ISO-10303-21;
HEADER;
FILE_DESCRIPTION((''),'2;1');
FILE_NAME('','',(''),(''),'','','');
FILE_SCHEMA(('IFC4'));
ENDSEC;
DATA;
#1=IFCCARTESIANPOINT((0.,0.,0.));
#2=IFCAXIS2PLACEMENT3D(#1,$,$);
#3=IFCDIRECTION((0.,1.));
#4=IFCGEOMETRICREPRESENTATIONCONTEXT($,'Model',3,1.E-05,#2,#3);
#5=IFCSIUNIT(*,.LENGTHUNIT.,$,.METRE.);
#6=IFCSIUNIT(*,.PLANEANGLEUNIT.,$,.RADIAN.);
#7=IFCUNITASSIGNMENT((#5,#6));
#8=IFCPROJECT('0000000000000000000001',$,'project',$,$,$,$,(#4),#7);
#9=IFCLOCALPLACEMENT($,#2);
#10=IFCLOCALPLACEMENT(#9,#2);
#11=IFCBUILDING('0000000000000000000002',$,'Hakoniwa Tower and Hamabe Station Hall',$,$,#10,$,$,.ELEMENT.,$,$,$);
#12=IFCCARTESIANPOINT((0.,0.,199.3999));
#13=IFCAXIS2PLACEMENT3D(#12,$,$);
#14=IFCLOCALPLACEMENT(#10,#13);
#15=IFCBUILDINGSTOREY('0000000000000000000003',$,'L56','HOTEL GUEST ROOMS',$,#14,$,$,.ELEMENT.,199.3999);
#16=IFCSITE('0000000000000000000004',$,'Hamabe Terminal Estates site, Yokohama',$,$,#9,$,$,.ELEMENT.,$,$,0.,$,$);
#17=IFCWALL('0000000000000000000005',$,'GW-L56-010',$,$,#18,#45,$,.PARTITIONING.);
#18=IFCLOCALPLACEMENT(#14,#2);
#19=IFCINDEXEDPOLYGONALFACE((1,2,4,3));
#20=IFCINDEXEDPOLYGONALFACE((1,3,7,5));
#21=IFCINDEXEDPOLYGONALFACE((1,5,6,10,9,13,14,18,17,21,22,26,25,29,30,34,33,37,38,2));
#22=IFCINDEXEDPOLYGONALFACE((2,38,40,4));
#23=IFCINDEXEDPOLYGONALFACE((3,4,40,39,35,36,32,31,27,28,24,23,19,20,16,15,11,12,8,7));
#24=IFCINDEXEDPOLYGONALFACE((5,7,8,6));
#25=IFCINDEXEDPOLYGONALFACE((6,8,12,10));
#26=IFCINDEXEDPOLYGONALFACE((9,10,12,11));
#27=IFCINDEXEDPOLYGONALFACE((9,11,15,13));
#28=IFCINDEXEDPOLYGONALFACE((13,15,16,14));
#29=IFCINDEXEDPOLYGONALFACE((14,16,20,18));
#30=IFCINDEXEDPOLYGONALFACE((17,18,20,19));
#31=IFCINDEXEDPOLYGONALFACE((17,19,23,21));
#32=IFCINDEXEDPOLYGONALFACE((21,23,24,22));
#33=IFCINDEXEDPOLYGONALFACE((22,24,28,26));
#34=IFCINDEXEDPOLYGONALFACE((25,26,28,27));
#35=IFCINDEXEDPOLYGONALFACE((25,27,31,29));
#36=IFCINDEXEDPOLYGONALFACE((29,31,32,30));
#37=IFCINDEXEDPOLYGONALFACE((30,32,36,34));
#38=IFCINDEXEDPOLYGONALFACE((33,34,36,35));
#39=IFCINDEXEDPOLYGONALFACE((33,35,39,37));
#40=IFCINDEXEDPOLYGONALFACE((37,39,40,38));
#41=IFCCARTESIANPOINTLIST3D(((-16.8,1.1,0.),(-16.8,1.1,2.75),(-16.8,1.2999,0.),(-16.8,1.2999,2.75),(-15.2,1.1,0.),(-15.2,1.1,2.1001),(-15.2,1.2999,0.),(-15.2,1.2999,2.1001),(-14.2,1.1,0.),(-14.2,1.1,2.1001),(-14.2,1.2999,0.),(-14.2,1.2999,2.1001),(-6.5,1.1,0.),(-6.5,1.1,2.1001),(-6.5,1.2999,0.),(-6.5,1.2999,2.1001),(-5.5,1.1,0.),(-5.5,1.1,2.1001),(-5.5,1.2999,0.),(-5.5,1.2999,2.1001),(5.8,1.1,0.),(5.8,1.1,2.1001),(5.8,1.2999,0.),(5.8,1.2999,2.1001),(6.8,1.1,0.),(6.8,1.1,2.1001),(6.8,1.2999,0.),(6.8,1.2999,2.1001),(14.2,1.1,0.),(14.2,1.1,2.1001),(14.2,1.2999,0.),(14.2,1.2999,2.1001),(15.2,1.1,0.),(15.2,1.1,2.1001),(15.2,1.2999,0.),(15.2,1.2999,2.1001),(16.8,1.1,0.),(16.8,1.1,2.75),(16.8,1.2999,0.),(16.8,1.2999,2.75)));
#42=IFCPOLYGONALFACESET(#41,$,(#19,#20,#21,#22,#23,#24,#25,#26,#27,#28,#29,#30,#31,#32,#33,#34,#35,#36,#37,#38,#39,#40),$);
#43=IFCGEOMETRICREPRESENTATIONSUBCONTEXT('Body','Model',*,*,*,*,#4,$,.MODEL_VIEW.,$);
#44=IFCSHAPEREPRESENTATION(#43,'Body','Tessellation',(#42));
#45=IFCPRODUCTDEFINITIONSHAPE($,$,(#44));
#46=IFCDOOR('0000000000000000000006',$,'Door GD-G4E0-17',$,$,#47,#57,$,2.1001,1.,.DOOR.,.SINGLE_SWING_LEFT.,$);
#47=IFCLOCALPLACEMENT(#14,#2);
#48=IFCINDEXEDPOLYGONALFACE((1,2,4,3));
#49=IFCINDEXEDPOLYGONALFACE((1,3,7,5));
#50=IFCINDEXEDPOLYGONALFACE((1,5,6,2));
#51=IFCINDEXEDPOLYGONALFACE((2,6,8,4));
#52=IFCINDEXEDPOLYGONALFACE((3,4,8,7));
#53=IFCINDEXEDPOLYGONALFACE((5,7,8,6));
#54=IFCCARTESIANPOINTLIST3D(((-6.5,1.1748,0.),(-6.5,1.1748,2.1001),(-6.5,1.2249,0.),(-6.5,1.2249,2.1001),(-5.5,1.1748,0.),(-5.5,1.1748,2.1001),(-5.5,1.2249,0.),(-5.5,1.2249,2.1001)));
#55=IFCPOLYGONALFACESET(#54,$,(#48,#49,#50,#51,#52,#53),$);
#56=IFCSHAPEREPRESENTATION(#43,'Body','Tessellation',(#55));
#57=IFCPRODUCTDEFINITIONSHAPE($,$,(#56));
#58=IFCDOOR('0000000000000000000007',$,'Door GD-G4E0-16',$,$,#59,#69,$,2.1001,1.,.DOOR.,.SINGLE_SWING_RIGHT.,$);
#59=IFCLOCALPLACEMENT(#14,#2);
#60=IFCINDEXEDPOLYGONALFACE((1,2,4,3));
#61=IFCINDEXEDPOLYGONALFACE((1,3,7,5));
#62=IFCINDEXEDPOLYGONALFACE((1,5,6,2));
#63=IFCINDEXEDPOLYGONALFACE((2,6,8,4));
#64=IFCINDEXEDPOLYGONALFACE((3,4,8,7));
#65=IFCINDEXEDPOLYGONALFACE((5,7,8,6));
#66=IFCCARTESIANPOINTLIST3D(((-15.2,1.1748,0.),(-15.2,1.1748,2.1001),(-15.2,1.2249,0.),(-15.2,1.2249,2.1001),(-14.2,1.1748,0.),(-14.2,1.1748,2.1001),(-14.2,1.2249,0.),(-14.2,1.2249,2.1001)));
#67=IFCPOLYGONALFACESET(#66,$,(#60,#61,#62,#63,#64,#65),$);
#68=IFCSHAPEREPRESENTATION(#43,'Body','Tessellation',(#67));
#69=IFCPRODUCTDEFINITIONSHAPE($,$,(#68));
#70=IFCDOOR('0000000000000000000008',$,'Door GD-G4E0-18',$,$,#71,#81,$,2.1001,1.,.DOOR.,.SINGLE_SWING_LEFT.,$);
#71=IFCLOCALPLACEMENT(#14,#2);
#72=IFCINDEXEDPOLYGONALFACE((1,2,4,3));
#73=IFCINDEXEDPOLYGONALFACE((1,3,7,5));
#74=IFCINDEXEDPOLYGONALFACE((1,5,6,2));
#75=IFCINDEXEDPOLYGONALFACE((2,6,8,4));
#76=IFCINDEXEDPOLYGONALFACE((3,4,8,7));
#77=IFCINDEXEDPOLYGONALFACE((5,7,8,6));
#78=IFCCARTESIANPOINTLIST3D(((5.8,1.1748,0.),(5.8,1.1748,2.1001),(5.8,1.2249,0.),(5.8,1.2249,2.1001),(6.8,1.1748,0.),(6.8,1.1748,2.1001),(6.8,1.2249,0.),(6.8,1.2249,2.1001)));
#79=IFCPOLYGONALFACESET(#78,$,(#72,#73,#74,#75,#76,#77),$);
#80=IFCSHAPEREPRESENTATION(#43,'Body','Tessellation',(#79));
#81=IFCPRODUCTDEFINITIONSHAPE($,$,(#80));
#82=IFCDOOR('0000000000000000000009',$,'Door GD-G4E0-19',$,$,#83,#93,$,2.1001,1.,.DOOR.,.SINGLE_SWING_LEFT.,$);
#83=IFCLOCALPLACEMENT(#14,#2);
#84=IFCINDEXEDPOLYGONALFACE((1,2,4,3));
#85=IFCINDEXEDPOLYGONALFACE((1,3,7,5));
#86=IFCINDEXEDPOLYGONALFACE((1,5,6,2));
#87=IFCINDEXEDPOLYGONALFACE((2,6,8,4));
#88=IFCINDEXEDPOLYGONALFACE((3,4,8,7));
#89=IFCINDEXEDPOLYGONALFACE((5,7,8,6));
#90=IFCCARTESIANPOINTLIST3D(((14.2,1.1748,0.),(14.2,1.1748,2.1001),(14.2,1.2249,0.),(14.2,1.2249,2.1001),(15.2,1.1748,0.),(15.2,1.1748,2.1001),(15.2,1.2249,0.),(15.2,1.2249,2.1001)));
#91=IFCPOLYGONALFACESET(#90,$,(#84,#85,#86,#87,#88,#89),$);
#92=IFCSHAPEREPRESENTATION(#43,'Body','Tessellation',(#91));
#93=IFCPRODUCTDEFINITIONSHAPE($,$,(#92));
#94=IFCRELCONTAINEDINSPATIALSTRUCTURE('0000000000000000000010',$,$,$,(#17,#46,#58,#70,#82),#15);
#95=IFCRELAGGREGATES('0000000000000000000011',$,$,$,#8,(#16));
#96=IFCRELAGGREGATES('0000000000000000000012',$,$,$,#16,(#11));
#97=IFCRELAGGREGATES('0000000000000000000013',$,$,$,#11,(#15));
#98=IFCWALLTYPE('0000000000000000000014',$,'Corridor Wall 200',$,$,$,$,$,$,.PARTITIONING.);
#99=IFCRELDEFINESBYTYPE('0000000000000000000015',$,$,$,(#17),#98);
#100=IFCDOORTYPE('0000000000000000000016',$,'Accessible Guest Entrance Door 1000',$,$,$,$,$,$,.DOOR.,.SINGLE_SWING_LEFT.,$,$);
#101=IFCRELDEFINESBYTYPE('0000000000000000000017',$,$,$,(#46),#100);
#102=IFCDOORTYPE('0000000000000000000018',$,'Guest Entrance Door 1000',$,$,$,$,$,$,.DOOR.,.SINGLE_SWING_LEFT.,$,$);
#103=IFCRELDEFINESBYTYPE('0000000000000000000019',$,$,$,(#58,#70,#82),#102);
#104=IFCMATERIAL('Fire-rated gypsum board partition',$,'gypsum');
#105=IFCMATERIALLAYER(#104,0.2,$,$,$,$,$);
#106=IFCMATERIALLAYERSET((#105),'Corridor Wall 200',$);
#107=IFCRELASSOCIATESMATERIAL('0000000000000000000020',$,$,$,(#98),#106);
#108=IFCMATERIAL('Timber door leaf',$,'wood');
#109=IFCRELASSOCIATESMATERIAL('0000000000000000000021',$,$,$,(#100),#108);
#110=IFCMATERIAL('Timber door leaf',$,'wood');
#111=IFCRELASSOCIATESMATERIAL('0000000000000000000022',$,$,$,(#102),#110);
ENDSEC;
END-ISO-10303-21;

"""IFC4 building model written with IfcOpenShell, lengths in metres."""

from ifc_helpers import new_model, si_unit, direction, frame, frame_2d, origin, place, context, subcontext, project, spatial, rectangle, extrude, material, layer, layer_set, type_object, element, fill, save


model = new_model("IFC4")

# Units and contexts
model_context = context("Model", 3, precision=1e-05, world=origin(), true_north=direction((0.0, 1.0)))
body_context = subcontext(model_context, "Body", "Model", "MODEL_VIEW")
ifc_project = project(units=[si_unit("LENGTHUNIT", "METRE"), si_unit("PLANEANGLEUNIT", "RADIAN")], contexts=[model_context])

# Site, building, storey
site_placement = place(None, origin())
site = spatial("IfcSite", under=ifc_project, at=site_placement, Name="Hamabe Terminal Estates site, Yokohama", CompositionType="ELEMENT", RefElevation=0.0)
building_placement = place(site_placement, origin())
building = spatial("IfcBuilding", under=site, at=building_placement, Name="Hakoniwa Tower and Hamabe Station Hall", CompositionType="ELEMENT")
storey_placement = place(building_placement, frame((0.0, 0.0, 199.3999)))
storey = spatial("IfcBuildingStorey", under=building, at=storey_placement, Name="L56", Description="HOTEL GUEST ROOMS", CompositionType="ELEMENT", Elevation=199.3999)

# Wall, openings, doors
ifc_material_1 = material(Name="Fire-rated gypsum board partition", Category="gypsum")
ifc_layer_1 = layer(ifc_material_1, 0.2)
ifc_layer_set_1 = layer_set([ifc_layer_1], Name="Corridor Wall 200")
wall_type_1 = type_object("IfcWallType", Name="Corridor Wall 200", PredefinedType="PARTITIONING", material=ifc_layer_set_1)
wall_1_placement = place(storey_placement, frame((-16.8, 1.2, 0.0), z_axis=(0.0, 0.0, 1.0), x_axis=(1.0, 0.0, 0.0)))
wall_1 = element("IfcWall", 1, at=wall_1_placement, inside=storey, type_object=wall_type_1, Name="GW-L56-010", PredefinedType="PARTITIONING", context=body_context, shape_type="SweptSolid", body=[
    extrude(rectangle(XDim=33.6001, YDim=0.2, at=frame_2d((16.8, 0.0))), origin(), (0.0, 0.0, 1.0), 2.75),
])
opening_1_placement = place(wall_1_placement, frame((1.6001, 0.0, 0.0)))
opening_1 = element("IfcOpeningElement", 2, at=opening_1_placement, cuts=wall_1, PredefinedType="OPENING", context=body_context, shape_type="SweptSolid", body=[
    extrude(rectangle(XDim=1.0, YDim=2.1001, at=frame_2d((0.5, 1.05))), frame((0.0, 0.1099, 0.0), z_axis=(0.0, -1.0, 0.0), x_axis=(1.0, 0.0, 0.0)), (0.0, 0.0, 1.0), 0.22),
])
opening_2_placement = place(wall_1_placement, frame((10.3, 0.0, 0.0)))
opening_2 = element("IfcOpeningElement", 3, at=opening_2_placement, cuts=wall_1, PredefinedType="OPENING", context=body_context, shape_type="SweptSolid", body=[
    extrude(rectangle(XDim=1.0, YDim=2.1001, at=frame_2d((0.5, 1.05))), frame((0.0, 0.1099, 0.0), z_axis=(0.0, -1.0, 0.0), x_axis=(1.0, 0.0, 0.0)), (0.0, 0.0, 1.0), 0.22),
])
opening_3_placement = place(wall_1_placement, frame((22.6001, 0.0, 0.0)))
opening_3 = element("IfcOpeningElement", 4, at=opening_3_placement, cuts=wall_1, PredefinedType="OPENING", context=body_context, shape_type="SweptSolid", body=[
    extrude(rectangle(XDim=1.0, YDim=2.1001, at=frame_2d((0.5, 1.05))), frame((0.0, 0.1099, 0.0), z_axis=(0.0, -1.0, 0.0), x_axis=(1.0, 0.0, 0.0)), (0.0, 0.0, 1.0), 0.22),
])
opening_4_placement = place(wall_1_placement, frame((31.0, 0.0, 0.0)))
opening_4 = element("IfcOpeningElement", 5, at=opening_4_placement, cuts=wall_1, PredefinedType="OPENING", context=body_context, shape_type="SweptSolid", body=[
    extrude(rectangle(XDim=1.0, YDim=2.1001, at=frame_2d((0.5, 1.05))), frame((0.0, 0.1099, 0.0), z_axis=(0.0, -1.0, 0.0), x_axis=(1.0, 0.0, 0.0)), (0.0, 0.0, 1.0), 0.22),
])
ifc_material_2 = material(Name="Timber door leaf", Category="wood")
door_type_1 = type_object("IfcDoorType", Name="Accessible Guest Entrance Door 1000", OperationType="SINGLE_SWING_LEFT", PredefinedType="DOOR", material=ifc_material_2)
door_1_placement = place(opening_2_placement, origin())
door_1 = element("IfcDoor", 6, at=door_1_placement, inside=storey, type_object=door_type_1, Name="Door GD-G4E0-17", OperationType="SINGLE_SWING_LEFT", OverallHeight=2.1001, OverallWidth=1.0, PredefinedType="DOOR", context=body_context, shape_type="SweptSolid", body=[
    extrude(rectangle(XDim=1.0, YDim=2.1001, at=frame_2d((0.5, 1.05))), frame((0.0, 0.0249, 0.0), z_axis=(0.0, -1.0, 0.0), x_axis=(1.0, 0.0, 0.0)), (0.0, 0.0, 1.0), 0.05),
])
fill(opening_2, door_1)
ifc_material_3 = material(Name="Timber door leaf", Category="wood")
door_type_2 = type_object("IfcDoorType", Name="Guest Entrance Door 1000", OperationType="SINGLE_SWING_LEFT", PredefinedType="DOOR", material=ifc_material_3)
door_2_placement = place(opening_1_placement, origin())
door_2 = element("IfcDoor", 7, at=door_2_placement, inside=storey, type_object=door_type_2, Name="Door GD-G4E0-16", OperationType="SINGLE_SWING_RIGHT", OverallHeight=2.1001, OverallWidth=1.0, PredefinedType="DOOR", context=body_context, shape_type="SweptSolid", body=[
    extrude(rectangle(XDim=1.0, YDim=2.1001, at=frame_2d((0.5, 1.05))), frame((0.0, 0.0249, 0.0), z_axis=(0.0, -1.0, 0.0), x_axis=(1.0, 0.0, 0.0)), (0.0, 0.0, 1.0), 0.05),
])
fill(opening_1, door_2)
door_3_placement = place(opening_3_placement, origin())
door_3 = element("IfcDoor", 8, at=door_3_placement, inside=storey, type_object=door_type_2, Name="Door GD-G4E0-18", OperationType="SINGLE_SWING_LEFT", OverallHeight=2.1001, OverallWidth=1.0, PredefinedType="DOOR", context=body_context, shape_type="SweptSolid", body=[
    extrude(rectangle(XDim=1.0, YDim=2.1001, at=frame_2d((0.5, 1.05))), frame((0.0, 0.0249, 0.0), z_axis=(0.0, -1.0, 0.0), x_axis=(1.0, 0.0, 0.0)), (0.0, 0.0, 1.0), 0.05),
])
fill(opening_3, door_3)
door_4_placement = place(opening_4_placement, origin())
door_4 = element("IfcDoor", 9, at=door_4_placement, inside=storey, type_object=door_type_2, Name="Door GD-G4E0-19", OperationType="SINGLE_SWING_LEFT", OverallHeight=2.1001, OverallWidth=1.0, PredefinedType="DOOR", context=body_context, shape_type="SweptSolid", body=[
    extrude(rectangle(XDim=1.0, YDim=2.1001, at=frame_2d((0.5, 1.05))), frame((0.0, 0.0249, 0.0), z_axis=(0.0, -1.0, 0.0), x_axis=(1.0, 0.0, 0.0)), (0.0, 0.0, 1.0), 0.05),
])
fill(opening_4, door_4)

save(model, "model.ifc")
